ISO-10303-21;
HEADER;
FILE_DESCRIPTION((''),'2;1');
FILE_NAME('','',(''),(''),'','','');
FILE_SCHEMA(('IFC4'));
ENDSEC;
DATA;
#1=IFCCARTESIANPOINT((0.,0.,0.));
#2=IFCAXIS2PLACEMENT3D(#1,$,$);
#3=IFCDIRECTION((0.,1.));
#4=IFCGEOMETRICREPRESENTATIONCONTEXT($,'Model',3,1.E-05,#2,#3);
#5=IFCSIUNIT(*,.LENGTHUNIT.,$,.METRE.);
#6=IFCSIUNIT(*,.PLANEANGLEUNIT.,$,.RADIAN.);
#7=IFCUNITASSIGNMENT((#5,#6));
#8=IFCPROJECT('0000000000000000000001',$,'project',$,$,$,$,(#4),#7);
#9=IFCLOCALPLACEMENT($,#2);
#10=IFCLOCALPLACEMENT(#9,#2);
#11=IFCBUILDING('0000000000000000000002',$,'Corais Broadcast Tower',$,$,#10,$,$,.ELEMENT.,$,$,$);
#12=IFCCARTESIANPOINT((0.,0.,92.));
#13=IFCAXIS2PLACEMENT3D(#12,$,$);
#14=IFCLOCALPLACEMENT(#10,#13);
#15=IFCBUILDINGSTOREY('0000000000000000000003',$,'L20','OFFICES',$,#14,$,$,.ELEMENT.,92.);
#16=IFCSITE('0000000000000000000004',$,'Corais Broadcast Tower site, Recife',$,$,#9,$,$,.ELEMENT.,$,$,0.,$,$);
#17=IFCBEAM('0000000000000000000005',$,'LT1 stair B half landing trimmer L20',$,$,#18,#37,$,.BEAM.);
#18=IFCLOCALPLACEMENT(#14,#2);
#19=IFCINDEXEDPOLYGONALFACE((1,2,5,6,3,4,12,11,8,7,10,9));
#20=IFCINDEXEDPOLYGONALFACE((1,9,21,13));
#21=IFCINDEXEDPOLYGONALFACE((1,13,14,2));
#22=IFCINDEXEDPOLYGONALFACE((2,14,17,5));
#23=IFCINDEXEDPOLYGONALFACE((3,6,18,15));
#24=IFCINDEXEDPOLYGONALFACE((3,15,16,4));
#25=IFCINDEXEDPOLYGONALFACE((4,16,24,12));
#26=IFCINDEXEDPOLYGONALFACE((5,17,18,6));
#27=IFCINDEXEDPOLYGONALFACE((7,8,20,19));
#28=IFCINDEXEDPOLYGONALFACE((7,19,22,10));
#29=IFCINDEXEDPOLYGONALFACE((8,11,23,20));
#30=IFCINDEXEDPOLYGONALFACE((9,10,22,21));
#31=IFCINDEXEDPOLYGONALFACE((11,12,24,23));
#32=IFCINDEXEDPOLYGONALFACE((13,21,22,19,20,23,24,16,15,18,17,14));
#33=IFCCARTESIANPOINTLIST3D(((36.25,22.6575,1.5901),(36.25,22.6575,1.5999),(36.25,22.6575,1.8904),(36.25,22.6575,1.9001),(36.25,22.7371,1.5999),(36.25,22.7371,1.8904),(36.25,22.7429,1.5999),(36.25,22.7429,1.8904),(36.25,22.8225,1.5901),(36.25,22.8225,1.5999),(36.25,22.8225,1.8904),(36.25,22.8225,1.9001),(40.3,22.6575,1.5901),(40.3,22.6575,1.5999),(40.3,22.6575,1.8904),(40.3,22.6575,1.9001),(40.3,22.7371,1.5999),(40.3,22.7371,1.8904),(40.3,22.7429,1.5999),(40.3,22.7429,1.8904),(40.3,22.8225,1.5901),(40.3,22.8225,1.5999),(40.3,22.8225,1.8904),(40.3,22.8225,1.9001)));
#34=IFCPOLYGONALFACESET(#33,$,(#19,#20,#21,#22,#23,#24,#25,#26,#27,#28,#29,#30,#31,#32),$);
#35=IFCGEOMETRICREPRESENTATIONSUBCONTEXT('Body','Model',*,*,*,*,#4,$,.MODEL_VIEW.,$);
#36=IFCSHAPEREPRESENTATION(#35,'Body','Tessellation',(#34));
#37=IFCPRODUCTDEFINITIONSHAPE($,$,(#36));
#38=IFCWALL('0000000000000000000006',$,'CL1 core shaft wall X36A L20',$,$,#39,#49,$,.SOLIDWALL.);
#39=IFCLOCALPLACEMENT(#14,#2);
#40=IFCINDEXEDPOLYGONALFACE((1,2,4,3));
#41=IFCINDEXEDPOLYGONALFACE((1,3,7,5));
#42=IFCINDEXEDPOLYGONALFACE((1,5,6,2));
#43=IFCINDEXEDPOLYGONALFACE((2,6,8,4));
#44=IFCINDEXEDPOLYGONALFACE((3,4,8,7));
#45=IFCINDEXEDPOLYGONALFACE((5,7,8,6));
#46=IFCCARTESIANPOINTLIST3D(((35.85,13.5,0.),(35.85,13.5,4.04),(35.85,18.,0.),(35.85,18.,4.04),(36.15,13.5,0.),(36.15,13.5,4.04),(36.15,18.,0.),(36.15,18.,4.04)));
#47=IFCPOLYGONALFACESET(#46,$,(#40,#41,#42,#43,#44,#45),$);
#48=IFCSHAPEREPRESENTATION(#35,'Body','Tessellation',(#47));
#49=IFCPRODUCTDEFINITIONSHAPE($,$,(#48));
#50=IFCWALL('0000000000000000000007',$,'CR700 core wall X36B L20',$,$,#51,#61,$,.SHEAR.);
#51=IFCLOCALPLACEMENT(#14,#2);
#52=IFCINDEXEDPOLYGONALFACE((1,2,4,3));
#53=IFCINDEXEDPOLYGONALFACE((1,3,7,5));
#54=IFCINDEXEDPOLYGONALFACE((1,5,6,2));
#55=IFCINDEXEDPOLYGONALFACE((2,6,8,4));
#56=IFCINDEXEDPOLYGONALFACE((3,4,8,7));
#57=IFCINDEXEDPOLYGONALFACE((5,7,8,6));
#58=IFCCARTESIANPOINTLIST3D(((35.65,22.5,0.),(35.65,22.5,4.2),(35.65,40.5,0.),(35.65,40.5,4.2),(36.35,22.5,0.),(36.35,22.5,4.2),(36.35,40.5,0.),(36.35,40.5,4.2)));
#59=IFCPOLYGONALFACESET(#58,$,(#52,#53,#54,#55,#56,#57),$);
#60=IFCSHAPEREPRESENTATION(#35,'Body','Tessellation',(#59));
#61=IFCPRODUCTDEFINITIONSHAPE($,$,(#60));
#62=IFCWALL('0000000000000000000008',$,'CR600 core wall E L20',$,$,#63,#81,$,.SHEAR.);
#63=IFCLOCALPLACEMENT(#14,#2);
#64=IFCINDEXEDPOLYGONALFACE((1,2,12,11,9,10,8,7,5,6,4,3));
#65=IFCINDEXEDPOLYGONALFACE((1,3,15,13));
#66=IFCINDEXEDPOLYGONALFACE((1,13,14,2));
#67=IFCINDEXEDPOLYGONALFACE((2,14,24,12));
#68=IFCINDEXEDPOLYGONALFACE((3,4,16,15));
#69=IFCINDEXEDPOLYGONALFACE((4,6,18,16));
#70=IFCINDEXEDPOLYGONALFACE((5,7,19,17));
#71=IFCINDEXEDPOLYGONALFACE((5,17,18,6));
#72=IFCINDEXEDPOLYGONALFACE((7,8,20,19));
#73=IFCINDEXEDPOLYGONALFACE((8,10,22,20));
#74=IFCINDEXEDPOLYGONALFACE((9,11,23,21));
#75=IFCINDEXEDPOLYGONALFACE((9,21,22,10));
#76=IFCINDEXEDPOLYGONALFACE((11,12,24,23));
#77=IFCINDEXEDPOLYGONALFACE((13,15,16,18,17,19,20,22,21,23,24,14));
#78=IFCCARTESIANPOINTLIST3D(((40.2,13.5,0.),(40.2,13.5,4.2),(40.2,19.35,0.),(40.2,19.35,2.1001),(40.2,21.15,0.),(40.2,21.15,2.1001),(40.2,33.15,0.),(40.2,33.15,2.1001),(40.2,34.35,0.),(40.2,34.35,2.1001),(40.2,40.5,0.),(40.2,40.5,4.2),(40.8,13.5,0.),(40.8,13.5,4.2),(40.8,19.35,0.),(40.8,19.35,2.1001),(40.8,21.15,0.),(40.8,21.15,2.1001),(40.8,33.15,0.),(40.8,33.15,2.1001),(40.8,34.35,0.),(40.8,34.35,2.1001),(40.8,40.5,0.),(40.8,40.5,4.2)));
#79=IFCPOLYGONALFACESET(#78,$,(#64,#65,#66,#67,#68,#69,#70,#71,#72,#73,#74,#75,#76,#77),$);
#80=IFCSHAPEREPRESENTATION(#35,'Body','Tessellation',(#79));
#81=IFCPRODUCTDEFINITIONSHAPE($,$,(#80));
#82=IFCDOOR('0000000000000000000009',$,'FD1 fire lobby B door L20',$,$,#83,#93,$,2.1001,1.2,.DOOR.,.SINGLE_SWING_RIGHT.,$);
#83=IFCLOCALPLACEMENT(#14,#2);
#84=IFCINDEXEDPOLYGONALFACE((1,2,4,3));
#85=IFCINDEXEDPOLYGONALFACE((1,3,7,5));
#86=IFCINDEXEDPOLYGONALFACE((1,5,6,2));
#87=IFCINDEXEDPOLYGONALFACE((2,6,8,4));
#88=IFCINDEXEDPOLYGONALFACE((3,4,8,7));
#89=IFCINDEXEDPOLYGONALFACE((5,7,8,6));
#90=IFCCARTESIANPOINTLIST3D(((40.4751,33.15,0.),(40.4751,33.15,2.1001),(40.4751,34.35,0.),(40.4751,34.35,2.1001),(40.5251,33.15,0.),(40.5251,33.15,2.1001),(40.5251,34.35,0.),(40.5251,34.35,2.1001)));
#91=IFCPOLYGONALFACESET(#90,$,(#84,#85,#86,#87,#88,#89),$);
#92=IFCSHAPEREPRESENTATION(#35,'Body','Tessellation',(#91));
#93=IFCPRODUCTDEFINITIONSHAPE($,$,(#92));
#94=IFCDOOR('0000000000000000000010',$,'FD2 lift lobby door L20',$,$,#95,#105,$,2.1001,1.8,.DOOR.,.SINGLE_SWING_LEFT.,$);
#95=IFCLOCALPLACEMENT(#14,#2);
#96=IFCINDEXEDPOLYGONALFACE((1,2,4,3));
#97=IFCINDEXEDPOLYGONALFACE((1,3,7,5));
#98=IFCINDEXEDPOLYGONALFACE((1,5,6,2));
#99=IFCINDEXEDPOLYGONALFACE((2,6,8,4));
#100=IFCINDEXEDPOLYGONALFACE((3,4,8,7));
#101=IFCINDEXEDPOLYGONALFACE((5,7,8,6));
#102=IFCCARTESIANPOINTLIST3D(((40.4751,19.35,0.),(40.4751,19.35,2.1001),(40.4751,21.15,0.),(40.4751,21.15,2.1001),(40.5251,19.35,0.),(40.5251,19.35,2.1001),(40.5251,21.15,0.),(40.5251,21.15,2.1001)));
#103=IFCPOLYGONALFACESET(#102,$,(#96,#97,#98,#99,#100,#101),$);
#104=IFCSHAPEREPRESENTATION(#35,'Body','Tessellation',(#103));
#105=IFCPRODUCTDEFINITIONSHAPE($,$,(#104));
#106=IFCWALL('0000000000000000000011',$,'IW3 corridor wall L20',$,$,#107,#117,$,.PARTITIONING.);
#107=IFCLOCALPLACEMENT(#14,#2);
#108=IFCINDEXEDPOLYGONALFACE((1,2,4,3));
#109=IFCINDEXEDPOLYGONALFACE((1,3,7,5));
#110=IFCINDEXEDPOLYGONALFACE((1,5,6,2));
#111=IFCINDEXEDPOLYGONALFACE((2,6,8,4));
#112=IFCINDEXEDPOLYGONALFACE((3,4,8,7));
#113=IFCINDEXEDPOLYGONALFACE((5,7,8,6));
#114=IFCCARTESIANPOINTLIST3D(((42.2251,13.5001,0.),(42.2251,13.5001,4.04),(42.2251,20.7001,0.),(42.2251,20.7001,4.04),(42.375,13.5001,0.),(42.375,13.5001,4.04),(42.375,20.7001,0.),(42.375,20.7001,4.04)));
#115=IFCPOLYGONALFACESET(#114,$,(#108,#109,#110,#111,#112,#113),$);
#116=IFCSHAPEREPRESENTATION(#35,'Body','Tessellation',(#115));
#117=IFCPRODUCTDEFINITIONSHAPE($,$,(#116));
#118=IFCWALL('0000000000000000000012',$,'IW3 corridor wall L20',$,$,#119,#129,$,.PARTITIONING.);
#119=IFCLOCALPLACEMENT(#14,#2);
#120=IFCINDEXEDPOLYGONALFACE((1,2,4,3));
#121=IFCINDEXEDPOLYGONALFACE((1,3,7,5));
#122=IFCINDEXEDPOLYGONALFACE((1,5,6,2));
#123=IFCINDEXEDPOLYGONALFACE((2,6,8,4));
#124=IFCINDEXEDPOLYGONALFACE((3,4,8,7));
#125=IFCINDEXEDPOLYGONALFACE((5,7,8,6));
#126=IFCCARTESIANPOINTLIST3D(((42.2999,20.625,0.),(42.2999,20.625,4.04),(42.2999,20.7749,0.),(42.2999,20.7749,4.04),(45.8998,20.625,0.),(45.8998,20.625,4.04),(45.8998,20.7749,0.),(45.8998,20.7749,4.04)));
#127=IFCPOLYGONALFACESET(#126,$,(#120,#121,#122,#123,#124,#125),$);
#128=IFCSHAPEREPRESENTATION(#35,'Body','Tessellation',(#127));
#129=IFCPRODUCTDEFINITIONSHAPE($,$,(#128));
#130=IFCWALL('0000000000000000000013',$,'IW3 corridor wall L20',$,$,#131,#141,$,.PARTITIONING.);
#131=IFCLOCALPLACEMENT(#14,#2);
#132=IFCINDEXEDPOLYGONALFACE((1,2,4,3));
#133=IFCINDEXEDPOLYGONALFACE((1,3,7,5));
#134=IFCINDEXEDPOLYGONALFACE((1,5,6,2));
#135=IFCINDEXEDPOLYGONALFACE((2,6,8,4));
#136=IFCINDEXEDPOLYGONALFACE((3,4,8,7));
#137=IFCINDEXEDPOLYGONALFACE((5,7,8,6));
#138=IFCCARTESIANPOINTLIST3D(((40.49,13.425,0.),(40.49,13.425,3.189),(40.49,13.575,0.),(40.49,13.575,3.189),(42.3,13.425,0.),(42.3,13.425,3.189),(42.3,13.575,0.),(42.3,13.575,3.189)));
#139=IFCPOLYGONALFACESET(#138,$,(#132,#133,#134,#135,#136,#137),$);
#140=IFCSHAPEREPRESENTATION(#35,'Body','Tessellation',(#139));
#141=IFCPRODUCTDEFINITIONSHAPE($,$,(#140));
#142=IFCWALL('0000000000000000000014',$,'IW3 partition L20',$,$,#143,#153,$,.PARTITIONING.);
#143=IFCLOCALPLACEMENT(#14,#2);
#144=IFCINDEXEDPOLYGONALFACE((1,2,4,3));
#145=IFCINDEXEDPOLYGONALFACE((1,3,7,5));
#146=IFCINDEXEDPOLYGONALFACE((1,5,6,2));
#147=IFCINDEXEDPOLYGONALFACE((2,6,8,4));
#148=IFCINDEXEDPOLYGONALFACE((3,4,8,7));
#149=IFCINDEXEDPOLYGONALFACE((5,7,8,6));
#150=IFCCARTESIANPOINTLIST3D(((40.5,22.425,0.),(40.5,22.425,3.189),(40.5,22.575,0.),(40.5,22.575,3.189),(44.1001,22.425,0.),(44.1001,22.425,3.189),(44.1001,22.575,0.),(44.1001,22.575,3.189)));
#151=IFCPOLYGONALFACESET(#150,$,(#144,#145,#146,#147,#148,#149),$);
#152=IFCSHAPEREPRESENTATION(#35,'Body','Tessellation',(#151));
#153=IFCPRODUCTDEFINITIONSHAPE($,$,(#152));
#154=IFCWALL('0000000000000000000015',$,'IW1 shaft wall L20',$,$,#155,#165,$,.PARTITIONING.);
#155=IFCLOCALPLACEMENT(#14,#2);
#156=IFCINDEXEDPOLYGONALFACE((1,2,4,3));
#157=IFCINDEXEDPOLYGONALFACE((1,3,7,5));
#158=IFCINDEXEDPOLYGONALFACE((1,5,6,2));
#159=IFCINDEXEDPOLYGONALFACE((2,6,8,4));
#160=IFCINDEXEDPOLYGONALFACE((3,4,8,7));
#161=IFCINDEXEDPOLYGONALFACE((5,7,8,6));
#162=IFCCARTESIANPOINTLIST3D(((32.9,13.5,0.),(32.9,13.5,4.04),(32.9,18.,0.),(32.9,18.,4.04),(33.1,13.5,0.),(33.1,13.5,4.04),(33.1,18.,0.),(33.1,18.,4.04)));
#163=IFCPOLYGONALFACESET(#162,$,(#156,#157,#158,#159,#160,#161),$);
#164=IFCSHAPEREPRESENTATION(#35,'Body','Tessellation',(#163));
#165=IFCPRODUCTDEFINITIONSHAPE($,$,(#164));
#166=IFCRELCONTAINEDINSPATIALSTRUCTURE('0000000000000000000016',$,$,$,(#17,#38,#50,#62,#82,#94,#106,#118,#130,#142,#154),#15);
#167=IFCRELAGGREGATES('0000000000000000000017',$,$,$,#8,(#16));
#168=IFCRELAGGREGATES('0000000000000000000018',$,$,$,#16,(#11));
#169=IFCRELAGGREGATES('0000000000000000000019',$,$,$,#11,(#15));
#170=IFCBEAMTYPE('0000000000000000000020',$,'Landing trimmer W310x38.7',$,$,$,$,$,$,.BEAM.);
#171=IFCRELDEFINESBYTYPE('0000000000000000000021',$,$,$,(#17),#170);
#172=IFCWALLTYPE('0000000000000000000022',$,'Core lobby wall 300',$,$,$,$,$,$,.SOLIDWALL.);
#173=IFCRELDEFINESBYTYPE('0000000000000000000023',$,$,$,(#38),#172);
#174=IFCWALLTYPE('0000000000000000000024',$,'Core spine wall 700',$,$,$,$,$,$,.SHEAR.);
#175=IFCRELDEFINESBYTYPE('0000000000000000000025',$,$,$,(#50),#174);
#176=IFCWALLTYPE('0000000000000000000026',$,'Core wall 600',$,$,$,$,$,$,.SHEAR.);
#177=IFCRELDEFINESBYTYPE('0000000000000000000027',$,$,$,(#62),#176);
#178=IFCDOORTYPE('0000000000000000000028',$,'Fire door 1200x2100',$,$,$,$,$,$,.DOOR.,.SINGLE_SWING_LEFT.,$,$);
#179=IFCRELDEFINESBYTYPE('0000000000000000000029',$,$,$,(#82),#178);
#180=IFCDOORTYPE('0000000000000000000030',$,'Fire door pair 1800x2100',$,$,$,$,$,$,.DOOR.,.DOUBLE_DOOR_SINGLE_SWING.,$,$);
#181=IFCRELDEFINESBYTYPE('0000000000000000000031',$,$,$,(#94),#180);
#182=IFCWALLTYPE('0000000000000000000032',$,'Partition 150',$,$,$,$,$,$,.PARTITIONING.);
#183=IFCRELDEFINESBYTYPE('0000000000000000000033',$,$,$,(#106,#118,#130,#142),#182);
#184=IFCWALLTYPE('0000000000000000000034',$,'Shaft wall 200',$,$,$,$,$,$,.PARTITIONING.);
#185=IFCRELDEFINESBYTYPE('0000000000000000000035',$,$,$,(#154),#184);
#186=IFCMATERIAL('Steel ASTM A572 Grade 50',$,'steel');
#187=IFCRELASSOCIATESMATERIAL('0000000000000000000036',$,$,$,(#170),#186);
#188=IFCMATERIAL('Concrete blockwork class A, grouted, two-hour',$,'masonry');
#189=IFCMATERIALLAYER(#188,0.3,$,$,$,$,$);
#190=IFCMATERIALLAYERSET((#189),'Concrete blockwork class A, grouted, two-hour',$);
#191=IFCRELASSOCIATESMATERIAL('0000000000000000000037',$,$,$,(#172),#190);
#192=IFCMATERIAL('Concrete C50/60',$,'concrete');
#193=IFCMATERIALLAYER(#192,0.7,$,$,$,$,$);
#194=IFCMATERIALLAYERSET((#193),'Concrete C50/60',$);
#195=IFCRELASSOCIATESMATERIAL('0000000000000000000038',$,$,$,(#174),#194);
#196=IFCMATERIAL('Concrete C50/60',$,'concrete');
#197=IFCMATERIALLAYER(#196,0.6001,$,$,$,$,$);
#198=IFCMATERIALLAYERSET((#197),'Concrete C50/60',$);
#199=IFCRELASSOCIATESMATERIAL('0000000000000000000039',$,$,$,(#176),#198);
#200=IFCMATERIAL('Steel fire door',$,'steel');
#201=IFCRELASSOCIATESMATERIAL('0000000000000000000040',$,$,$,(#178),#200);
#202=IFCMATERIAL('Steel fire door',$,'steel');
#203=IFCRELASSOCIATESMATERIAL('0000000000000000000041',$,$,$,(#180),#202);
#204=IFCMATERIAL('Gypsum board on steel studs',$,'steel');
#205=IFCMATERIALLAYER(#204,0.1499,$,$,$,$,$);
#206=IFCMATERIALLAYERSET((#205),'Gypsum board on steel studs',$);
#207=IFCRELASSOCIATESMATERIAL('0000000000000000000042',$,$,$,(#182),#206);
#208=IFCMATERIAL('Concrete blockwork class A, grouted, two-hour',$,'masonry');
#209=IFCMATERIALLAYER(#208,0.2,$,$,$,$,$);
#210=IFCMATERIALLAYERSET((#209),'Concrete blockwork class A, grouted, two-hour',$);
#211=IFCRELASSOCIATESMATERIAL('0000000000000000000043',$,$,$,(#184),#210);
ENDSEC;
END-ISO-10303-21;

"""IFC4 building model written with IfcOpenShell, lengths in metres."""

from ifc_helpers import new_model, si_unit, direction, frame, frame_2d, origin, origin_2d, place, context, subcontext, project, spatial, rectangle, i_section, extrude, material, layer, layer_set, material_profile, profile_set, type_object, element, fill, save


model = new_model("IFC4")

# Units and contexts
model_context = context("Model", 3, precision=1e-05, world=origin(), true_north=direction((0.0, 1.0)))
body_context = subcontext(model_context, "Body", "Model", "MODEL_VIEW")
ifc_project = project(units=[si_unit("LENGTHUNIT", "METRE"), si_unit("PLANEANGLEUNIT", "RADIAN")], contexts=[model_context])

# Site, building, storey
site_placement = place(None, origin())
site = spatial("IfcSite", under=ifc_project, at=site_placement, Name="Corais Broadcast Tower site, Recife", CompositionType="ELEMENT", RefElevation=0.0)
building_placement = place(site_placement, origin())
building = spatial("IfcBuilding", under=site, at=building_placement, Name="Corais Broadcast Tower", CompositionType="ELEMENT")
storey_placement = place(building_placement, frame((0.0, 0.0, 92.0)))
storey = spatial("IfcBuildingStorey", under=building, at=storey_placement, Name="L20", Description="OFFICES", CompositionType="ELEMENT", Elevation=92.0)

# Beam
ifc_material_1 = material(Name="Steel ASTM A572 Grade 50", Category="steel")
ifc_material_profile = material_profile(ifc_material_1, i_section(OverallWidth=0.165, OverallDepth=0.3101, WebThickness=0.0059, FlangeThickness=0.0098, at=origin_2d()), Name="W310x38.7")
ifc_profile_set = profile_set([ifc_material_profile], Name="Steel ASTM A572 Grade 50")
beam_type = type_object("IfcBeamType", Name="Landing trimmer W310x38.7", PredefinedType="BEAM", material=ifc_profile_set)
beam_placement = place(storey_placement, frame((36.25, 22.74, 1.7451), z_axis=(1.0, 0.0, 0.0), x_axis=(0.0, 1.0, 0.0)))
element("IfcBeam", 1, at=beam_placement, inside=storey, type_object=beam_type, Name="LT1 stair B half landing trimmer L20", PredefinedType="BEAM", context=body_context, shape_type="SweptSolid", body=[
    extrude(i_section(OverallWidth=0.165, OverallDepth=0.3101, WebThickness=0.0059, FlangeThickness=0.0098, at=origin_2d()), origin(), (0.0, 0.0, 1.0), 4.05),
])

# Walls
ifc_material_2 = material(Name="Concrete blockwork class A, grouted, two-hour", Category="masonry")
ifc_layer_1 = layer(ifc_material_2, 0.3)
ifc_layer_set_1 = layer_set([ifc_layer_1], Name="Concrete blockwork class A, grouted, two-hour")
wall_type_1 = type_object("IfcWallType", Name="Core lobby wall 300", PredefinedType="SOLIDWALL", material=ifc_layer_set_1)
wall_1_placement = place(storey_placement, frame((36.0, 13.5, 0.0), z_axis=(0.0, 0.0, 1.0), x_axis=(0.0, 1.0, 0.0)))
element("IfcWall", 2, at=wall_1_placement, inside=storey, type_object=wall_type_1, Name="CL1 core shaft wall X36A L20", PredefinedType="SOLIDWALL", context=body_context, shape_type="SweptSolid", body=[
    extrude(rectangle(XDim=4.5, YDim=0.3, at=frame_2d((2.25, 0.0))), origin(), (0.0, 0.0, 1.0), 4.04),
])
ifc_material_3 = material(Name="Concrete C50/60", Category="concrete")
ifc_layer_2 = layer(ifc_material_3, 0.7)
ifc_layer_set_2 = layer_set([ifc_layer_2], Name="Concrete C50/60")
wall_type_2 = type_object("IfcWallType", Name="Core spine wall 700", PredefinedType="SHEAR", material=ifc_layer_set_2)
wall_2_placement = place(storey_placement, frame((36.0, 22.5, 0.0), z_axis=(0.0, 0.0, 1.0), x_axis=(0.0, 1.0, 0.0)))
element("IfcWall", 3, at=wall_2_placement, inside=storey, type_object=wall_type_2, Name="CR700 core wall X36B L20", PredefinedType="SHEAR", context=body_context, shape_type="SweptSolid", body=[
    extrude(rectangle(XDim=18.0, YDim=0.7, at=frame_2d((9.0, 0.0))), origin(), (0.0, 0.0, 1.0), 4.2),
])

# Wall, openings, doors
ifc_material_4 = material(Name="Concrete C50/60", Category="concrete")
ifc_layer_3 = layer(ifc_material_4, 0.6001)
ifc_layer_set_3 = layer_set([ifc_layer_3], Name="Concrete C50/60")
wall_type_3 = type_object("IfcWallType", Name="Core wall 600", PredefinedType="SHEAR", material=ifc_layer_set_3)
wall_3_placement = place(storey_placement, frame((40.5, 13.5, 0.0), z_axis=(0.0, 0.0, 1.0), x_axis=(0.0, 1.0, 0.0)))
wall_3 = element("IfcWall", 4, at=wall_3_placement, inside=storey, type_object=wall_type_3, Name="CR600 core wall E L20", PredefinedType="SHEAR", context=body_context, shape_type="SweptSolid", body=[
    extrude(rectangle(XDim=27.0, YDim=0.6001, at=frame_2d((13.5, 0.0))), origin(), (0.0, 0.0, 1.0), 4.2),
])
opening_1_placement = place(wall_3_placement, frame((5.8501, 0.0, 0.0)))
opening_1 = element("IfcOpeningElement", 5, at=opening_1_placement, cuts=wall_3, PredefinedType="OPENING", context=body_context, shape_type="SweptSolid", body=[
    extrude(rectangle(XDim=1.8, YDim=2.1001, at=frame_2d((0.8999, 1.05))), frame((0.0, 0.3101, 0.0), z_axis=(0.0, -1.0, 0.0), x_axis=(1.0, 0.0, 0.0)), (0.0, 0.0, 1.0), 0.6201),
])
opening_2_placement = place(wall_3_placement, frame((19.6499, 0.0, 0.0)))
opening_2 = element("IfcOpeningElement", 6, at=opening_2_placement, cuts=wall_3, PredefinedType="OPENING", context=body_context, shape_type="SweptSolid", body=[
    extrude(rectangle(XDim=1.2, YDim=2.1001, at=frame_2d((0.6001, 1.05))), frame((0.0, 0.3101, 0.0), z_axis=(0.0, -1.0, 0.0), x_axis=(1.0, 0.0, 0.0)), (0.0, 0.0, 1.0), 0.6201),
])
ifc_material_5 = material(Name="Steel fire door", Category="steel")
door_type_1 = type_object("IfcDoorType", Name="Fire door 1200x2100", OperationType="SINGLE_SWING_LEFT", PredefinedType="DOOR", material=ifc_material_5)
door_1_placement = place(opening_2_placement, origin())
door_1 = element("IfcDoor", 7, at=door_1_placement, inside=storey, type_object=door_type_1, Name="FD1 fire lobby B door L20", OperationType="SINGLE_SWING_RIGHT", OverallHeight=2.1001, OverallWidth=1.2, PredefinedType="DOOR", context=body_context, shape_type="SweptSolid", body=[
    extrude(rectangle(XDim=1.2, YDim=2.1001, at=frame_2d((0.6001, 1.05))), frame((0.0, 0.0249, 0.0), z_axis=(0.0, -1.0, 0.0), x_axis=(1.0, 0.0, 0.0)), (0.0, 0.0, 1.0), 0.05),
])
fill(opening_2, door_1)
ifc_material_6 = material(Name="Steel fire door", Category="steel")
door_type_2 = type_object("IfcDoorType", Name="Fire door pair 1800x2100", OperationType="DOUBLE_DOOR_SINGLE_SWING", PredefinedType="DOOR", material=ifc_material_6)
door_2_placement = place(opening_1_placement, origin())
door_2 = element("IfcDoor", 8, at=door_2_placement, inside=storey, type_object=door_type_2, Name="FD2 lift lobby door L20", OperationType="SINGLE_SWING_LEFT", OverallHeight=2.1001, OverallWidth=1.8, PredefinedType="DOOR", context=body_context, shape_type="SweptSolid", body=[
    extrude(rectangle(XDim=1.8, YDim=2.1001, at=frame_2d((0.8999, 1.05))), frame((0.0, 0.0249, 0.0), z_axis=(0.0, -1.0, 0.0), x_axis=(1.0, 0.0, 0.0)), (0.0, 0.0, 1.0), 0.05),
])
fill(opening_1, door_2)

# Walls
ifc_material_7 = material(Name="Gypsum board on steel studs", Category="steel")
ifc_layer_4 = layer(ifc_material_7, 0.1499)
ifc_layer_set_4 = layer_set([ifc_layer_4], Name="Gypsum board on steel studs")
wall_type_4 = type_object("IfcWallType", Name="Partition 150", PredefinedType="PARTITIONING", material=ifc_layer_set_4)
wall_4_placement = place(storey_placement, frame((42.3, 13.5, 0.0), z_axis=(0.0, 0.0, 1.0), x_axis=(0.0, 1.0, 0.0)))
element("IfcWall", 9, at=wall_4_placement, inside=storey, type_object=wall_type_4, Name="IW3 corridor wall L20", PredefinedType="PARTITIONING", context=body_context, shape_type="SweptSolid", body=[
    extrude(rectangle(XDim=7.2, YDim=0.1499, at=frame_2d((3.6001, 0.0))), origin(), (0.0, 0.0, 1.0), 4.04),
])
wall_5_placement = place(storey_placement, frame((42.3, 20.7, 0.0), z_axis=(0.0, 0.0, 1.0), x_axis=(1.0, 0.0, 0.0)))
element("IfcWall", 10, at=wall_5_placement, inside=storey, type_object=wall_type_4, Name="IW3 corridor wall L20", PredefinedType="PARTITIONING", context=body_context, shape_type="SweptSolid", body=[
    extrude(rectangle(XDim=3.5999, YDim=0.1499, at=frame_2d((1.7998, 0.0))), origin(), (0.0, 0.0, 1.0), 4.04),
])
wall_6_placement = place(storey_placement, frame((40.49, 13.5, 0.0), z_axis=(0.0, 0.0, 1.0), x_axis=(1.0, 0.0, 0.0)))
element("IfcWall", 11, at=wall_6_placement, inside=storey, type_object=wall_type_4, Name="IW3 corridor wall L20", PredefinedType="PARTITIONING", context=body_context, shape_type="SweptSolid", body=[
    extrude(rectangle(XDim=1.8101, YDim=0.1499, at=frame_2d((0.905, 0.0))), origin(), (0.0, 0.0, 1.0), 3.189),
])
wall_7_placement = place(storey_placement, frame((40.5, 22.5, 0.0), z_axis=(0.0, 0.0, 1.0), x_axis=(1.0, 0.0, 0.0)))
element("IfcWall", 12, at=wall_7_placement, inside=storey, type_object=wall_type_4, Name="IW3 partition L20", PredefinedType="PARTITIONING", context=body_context, shape_type="SweptSolid", body=[
    extrude(rectangle(XDim=3.6001, YDim=0.1499, at=frame_2d((1.8, 0.0))), origin(), (0.0, 0.0, 1.0), 3.189),
])
ifc_material_8 = material(Name="Concrete blockwork class A, grouted, two-hour", Category="masonry")
ifc_layer_5 = layer(ifc_material_8, 0.2)
ifc_layer_set_5 = layer_set([ifc_layer_5], Name="Concrete blockwork class A, grouted, two-hour")
wall_type_5 = type_object("IfcWallType", Name="Shaft wall 200", PredefinedType="PARTITIONING", material=ifc_layer_set_5)
wall_8_placement = place(storey_placement, frame((33.0, 13.5, 0.0), z_axis=(0.0, 0.0, 1.0), x_axis=(0.0, 1.0, 0.0)))
element("IfcWall", 13, at=wall_8_placement, inside=storey, type_object=wall_type_5, Name="IW1 shaft wall L20", PredefinedType="PARTITIONING", context=body_context, shape_type="SweptSolid", body=[
    extrude(rectangle(XDim=4.5, YDim=0.2, at=frame_2d((2.25, 0.0))), origin(), (0.0, 0.0, 1.0), 4.04),
])

save(model, "model.ifc")
